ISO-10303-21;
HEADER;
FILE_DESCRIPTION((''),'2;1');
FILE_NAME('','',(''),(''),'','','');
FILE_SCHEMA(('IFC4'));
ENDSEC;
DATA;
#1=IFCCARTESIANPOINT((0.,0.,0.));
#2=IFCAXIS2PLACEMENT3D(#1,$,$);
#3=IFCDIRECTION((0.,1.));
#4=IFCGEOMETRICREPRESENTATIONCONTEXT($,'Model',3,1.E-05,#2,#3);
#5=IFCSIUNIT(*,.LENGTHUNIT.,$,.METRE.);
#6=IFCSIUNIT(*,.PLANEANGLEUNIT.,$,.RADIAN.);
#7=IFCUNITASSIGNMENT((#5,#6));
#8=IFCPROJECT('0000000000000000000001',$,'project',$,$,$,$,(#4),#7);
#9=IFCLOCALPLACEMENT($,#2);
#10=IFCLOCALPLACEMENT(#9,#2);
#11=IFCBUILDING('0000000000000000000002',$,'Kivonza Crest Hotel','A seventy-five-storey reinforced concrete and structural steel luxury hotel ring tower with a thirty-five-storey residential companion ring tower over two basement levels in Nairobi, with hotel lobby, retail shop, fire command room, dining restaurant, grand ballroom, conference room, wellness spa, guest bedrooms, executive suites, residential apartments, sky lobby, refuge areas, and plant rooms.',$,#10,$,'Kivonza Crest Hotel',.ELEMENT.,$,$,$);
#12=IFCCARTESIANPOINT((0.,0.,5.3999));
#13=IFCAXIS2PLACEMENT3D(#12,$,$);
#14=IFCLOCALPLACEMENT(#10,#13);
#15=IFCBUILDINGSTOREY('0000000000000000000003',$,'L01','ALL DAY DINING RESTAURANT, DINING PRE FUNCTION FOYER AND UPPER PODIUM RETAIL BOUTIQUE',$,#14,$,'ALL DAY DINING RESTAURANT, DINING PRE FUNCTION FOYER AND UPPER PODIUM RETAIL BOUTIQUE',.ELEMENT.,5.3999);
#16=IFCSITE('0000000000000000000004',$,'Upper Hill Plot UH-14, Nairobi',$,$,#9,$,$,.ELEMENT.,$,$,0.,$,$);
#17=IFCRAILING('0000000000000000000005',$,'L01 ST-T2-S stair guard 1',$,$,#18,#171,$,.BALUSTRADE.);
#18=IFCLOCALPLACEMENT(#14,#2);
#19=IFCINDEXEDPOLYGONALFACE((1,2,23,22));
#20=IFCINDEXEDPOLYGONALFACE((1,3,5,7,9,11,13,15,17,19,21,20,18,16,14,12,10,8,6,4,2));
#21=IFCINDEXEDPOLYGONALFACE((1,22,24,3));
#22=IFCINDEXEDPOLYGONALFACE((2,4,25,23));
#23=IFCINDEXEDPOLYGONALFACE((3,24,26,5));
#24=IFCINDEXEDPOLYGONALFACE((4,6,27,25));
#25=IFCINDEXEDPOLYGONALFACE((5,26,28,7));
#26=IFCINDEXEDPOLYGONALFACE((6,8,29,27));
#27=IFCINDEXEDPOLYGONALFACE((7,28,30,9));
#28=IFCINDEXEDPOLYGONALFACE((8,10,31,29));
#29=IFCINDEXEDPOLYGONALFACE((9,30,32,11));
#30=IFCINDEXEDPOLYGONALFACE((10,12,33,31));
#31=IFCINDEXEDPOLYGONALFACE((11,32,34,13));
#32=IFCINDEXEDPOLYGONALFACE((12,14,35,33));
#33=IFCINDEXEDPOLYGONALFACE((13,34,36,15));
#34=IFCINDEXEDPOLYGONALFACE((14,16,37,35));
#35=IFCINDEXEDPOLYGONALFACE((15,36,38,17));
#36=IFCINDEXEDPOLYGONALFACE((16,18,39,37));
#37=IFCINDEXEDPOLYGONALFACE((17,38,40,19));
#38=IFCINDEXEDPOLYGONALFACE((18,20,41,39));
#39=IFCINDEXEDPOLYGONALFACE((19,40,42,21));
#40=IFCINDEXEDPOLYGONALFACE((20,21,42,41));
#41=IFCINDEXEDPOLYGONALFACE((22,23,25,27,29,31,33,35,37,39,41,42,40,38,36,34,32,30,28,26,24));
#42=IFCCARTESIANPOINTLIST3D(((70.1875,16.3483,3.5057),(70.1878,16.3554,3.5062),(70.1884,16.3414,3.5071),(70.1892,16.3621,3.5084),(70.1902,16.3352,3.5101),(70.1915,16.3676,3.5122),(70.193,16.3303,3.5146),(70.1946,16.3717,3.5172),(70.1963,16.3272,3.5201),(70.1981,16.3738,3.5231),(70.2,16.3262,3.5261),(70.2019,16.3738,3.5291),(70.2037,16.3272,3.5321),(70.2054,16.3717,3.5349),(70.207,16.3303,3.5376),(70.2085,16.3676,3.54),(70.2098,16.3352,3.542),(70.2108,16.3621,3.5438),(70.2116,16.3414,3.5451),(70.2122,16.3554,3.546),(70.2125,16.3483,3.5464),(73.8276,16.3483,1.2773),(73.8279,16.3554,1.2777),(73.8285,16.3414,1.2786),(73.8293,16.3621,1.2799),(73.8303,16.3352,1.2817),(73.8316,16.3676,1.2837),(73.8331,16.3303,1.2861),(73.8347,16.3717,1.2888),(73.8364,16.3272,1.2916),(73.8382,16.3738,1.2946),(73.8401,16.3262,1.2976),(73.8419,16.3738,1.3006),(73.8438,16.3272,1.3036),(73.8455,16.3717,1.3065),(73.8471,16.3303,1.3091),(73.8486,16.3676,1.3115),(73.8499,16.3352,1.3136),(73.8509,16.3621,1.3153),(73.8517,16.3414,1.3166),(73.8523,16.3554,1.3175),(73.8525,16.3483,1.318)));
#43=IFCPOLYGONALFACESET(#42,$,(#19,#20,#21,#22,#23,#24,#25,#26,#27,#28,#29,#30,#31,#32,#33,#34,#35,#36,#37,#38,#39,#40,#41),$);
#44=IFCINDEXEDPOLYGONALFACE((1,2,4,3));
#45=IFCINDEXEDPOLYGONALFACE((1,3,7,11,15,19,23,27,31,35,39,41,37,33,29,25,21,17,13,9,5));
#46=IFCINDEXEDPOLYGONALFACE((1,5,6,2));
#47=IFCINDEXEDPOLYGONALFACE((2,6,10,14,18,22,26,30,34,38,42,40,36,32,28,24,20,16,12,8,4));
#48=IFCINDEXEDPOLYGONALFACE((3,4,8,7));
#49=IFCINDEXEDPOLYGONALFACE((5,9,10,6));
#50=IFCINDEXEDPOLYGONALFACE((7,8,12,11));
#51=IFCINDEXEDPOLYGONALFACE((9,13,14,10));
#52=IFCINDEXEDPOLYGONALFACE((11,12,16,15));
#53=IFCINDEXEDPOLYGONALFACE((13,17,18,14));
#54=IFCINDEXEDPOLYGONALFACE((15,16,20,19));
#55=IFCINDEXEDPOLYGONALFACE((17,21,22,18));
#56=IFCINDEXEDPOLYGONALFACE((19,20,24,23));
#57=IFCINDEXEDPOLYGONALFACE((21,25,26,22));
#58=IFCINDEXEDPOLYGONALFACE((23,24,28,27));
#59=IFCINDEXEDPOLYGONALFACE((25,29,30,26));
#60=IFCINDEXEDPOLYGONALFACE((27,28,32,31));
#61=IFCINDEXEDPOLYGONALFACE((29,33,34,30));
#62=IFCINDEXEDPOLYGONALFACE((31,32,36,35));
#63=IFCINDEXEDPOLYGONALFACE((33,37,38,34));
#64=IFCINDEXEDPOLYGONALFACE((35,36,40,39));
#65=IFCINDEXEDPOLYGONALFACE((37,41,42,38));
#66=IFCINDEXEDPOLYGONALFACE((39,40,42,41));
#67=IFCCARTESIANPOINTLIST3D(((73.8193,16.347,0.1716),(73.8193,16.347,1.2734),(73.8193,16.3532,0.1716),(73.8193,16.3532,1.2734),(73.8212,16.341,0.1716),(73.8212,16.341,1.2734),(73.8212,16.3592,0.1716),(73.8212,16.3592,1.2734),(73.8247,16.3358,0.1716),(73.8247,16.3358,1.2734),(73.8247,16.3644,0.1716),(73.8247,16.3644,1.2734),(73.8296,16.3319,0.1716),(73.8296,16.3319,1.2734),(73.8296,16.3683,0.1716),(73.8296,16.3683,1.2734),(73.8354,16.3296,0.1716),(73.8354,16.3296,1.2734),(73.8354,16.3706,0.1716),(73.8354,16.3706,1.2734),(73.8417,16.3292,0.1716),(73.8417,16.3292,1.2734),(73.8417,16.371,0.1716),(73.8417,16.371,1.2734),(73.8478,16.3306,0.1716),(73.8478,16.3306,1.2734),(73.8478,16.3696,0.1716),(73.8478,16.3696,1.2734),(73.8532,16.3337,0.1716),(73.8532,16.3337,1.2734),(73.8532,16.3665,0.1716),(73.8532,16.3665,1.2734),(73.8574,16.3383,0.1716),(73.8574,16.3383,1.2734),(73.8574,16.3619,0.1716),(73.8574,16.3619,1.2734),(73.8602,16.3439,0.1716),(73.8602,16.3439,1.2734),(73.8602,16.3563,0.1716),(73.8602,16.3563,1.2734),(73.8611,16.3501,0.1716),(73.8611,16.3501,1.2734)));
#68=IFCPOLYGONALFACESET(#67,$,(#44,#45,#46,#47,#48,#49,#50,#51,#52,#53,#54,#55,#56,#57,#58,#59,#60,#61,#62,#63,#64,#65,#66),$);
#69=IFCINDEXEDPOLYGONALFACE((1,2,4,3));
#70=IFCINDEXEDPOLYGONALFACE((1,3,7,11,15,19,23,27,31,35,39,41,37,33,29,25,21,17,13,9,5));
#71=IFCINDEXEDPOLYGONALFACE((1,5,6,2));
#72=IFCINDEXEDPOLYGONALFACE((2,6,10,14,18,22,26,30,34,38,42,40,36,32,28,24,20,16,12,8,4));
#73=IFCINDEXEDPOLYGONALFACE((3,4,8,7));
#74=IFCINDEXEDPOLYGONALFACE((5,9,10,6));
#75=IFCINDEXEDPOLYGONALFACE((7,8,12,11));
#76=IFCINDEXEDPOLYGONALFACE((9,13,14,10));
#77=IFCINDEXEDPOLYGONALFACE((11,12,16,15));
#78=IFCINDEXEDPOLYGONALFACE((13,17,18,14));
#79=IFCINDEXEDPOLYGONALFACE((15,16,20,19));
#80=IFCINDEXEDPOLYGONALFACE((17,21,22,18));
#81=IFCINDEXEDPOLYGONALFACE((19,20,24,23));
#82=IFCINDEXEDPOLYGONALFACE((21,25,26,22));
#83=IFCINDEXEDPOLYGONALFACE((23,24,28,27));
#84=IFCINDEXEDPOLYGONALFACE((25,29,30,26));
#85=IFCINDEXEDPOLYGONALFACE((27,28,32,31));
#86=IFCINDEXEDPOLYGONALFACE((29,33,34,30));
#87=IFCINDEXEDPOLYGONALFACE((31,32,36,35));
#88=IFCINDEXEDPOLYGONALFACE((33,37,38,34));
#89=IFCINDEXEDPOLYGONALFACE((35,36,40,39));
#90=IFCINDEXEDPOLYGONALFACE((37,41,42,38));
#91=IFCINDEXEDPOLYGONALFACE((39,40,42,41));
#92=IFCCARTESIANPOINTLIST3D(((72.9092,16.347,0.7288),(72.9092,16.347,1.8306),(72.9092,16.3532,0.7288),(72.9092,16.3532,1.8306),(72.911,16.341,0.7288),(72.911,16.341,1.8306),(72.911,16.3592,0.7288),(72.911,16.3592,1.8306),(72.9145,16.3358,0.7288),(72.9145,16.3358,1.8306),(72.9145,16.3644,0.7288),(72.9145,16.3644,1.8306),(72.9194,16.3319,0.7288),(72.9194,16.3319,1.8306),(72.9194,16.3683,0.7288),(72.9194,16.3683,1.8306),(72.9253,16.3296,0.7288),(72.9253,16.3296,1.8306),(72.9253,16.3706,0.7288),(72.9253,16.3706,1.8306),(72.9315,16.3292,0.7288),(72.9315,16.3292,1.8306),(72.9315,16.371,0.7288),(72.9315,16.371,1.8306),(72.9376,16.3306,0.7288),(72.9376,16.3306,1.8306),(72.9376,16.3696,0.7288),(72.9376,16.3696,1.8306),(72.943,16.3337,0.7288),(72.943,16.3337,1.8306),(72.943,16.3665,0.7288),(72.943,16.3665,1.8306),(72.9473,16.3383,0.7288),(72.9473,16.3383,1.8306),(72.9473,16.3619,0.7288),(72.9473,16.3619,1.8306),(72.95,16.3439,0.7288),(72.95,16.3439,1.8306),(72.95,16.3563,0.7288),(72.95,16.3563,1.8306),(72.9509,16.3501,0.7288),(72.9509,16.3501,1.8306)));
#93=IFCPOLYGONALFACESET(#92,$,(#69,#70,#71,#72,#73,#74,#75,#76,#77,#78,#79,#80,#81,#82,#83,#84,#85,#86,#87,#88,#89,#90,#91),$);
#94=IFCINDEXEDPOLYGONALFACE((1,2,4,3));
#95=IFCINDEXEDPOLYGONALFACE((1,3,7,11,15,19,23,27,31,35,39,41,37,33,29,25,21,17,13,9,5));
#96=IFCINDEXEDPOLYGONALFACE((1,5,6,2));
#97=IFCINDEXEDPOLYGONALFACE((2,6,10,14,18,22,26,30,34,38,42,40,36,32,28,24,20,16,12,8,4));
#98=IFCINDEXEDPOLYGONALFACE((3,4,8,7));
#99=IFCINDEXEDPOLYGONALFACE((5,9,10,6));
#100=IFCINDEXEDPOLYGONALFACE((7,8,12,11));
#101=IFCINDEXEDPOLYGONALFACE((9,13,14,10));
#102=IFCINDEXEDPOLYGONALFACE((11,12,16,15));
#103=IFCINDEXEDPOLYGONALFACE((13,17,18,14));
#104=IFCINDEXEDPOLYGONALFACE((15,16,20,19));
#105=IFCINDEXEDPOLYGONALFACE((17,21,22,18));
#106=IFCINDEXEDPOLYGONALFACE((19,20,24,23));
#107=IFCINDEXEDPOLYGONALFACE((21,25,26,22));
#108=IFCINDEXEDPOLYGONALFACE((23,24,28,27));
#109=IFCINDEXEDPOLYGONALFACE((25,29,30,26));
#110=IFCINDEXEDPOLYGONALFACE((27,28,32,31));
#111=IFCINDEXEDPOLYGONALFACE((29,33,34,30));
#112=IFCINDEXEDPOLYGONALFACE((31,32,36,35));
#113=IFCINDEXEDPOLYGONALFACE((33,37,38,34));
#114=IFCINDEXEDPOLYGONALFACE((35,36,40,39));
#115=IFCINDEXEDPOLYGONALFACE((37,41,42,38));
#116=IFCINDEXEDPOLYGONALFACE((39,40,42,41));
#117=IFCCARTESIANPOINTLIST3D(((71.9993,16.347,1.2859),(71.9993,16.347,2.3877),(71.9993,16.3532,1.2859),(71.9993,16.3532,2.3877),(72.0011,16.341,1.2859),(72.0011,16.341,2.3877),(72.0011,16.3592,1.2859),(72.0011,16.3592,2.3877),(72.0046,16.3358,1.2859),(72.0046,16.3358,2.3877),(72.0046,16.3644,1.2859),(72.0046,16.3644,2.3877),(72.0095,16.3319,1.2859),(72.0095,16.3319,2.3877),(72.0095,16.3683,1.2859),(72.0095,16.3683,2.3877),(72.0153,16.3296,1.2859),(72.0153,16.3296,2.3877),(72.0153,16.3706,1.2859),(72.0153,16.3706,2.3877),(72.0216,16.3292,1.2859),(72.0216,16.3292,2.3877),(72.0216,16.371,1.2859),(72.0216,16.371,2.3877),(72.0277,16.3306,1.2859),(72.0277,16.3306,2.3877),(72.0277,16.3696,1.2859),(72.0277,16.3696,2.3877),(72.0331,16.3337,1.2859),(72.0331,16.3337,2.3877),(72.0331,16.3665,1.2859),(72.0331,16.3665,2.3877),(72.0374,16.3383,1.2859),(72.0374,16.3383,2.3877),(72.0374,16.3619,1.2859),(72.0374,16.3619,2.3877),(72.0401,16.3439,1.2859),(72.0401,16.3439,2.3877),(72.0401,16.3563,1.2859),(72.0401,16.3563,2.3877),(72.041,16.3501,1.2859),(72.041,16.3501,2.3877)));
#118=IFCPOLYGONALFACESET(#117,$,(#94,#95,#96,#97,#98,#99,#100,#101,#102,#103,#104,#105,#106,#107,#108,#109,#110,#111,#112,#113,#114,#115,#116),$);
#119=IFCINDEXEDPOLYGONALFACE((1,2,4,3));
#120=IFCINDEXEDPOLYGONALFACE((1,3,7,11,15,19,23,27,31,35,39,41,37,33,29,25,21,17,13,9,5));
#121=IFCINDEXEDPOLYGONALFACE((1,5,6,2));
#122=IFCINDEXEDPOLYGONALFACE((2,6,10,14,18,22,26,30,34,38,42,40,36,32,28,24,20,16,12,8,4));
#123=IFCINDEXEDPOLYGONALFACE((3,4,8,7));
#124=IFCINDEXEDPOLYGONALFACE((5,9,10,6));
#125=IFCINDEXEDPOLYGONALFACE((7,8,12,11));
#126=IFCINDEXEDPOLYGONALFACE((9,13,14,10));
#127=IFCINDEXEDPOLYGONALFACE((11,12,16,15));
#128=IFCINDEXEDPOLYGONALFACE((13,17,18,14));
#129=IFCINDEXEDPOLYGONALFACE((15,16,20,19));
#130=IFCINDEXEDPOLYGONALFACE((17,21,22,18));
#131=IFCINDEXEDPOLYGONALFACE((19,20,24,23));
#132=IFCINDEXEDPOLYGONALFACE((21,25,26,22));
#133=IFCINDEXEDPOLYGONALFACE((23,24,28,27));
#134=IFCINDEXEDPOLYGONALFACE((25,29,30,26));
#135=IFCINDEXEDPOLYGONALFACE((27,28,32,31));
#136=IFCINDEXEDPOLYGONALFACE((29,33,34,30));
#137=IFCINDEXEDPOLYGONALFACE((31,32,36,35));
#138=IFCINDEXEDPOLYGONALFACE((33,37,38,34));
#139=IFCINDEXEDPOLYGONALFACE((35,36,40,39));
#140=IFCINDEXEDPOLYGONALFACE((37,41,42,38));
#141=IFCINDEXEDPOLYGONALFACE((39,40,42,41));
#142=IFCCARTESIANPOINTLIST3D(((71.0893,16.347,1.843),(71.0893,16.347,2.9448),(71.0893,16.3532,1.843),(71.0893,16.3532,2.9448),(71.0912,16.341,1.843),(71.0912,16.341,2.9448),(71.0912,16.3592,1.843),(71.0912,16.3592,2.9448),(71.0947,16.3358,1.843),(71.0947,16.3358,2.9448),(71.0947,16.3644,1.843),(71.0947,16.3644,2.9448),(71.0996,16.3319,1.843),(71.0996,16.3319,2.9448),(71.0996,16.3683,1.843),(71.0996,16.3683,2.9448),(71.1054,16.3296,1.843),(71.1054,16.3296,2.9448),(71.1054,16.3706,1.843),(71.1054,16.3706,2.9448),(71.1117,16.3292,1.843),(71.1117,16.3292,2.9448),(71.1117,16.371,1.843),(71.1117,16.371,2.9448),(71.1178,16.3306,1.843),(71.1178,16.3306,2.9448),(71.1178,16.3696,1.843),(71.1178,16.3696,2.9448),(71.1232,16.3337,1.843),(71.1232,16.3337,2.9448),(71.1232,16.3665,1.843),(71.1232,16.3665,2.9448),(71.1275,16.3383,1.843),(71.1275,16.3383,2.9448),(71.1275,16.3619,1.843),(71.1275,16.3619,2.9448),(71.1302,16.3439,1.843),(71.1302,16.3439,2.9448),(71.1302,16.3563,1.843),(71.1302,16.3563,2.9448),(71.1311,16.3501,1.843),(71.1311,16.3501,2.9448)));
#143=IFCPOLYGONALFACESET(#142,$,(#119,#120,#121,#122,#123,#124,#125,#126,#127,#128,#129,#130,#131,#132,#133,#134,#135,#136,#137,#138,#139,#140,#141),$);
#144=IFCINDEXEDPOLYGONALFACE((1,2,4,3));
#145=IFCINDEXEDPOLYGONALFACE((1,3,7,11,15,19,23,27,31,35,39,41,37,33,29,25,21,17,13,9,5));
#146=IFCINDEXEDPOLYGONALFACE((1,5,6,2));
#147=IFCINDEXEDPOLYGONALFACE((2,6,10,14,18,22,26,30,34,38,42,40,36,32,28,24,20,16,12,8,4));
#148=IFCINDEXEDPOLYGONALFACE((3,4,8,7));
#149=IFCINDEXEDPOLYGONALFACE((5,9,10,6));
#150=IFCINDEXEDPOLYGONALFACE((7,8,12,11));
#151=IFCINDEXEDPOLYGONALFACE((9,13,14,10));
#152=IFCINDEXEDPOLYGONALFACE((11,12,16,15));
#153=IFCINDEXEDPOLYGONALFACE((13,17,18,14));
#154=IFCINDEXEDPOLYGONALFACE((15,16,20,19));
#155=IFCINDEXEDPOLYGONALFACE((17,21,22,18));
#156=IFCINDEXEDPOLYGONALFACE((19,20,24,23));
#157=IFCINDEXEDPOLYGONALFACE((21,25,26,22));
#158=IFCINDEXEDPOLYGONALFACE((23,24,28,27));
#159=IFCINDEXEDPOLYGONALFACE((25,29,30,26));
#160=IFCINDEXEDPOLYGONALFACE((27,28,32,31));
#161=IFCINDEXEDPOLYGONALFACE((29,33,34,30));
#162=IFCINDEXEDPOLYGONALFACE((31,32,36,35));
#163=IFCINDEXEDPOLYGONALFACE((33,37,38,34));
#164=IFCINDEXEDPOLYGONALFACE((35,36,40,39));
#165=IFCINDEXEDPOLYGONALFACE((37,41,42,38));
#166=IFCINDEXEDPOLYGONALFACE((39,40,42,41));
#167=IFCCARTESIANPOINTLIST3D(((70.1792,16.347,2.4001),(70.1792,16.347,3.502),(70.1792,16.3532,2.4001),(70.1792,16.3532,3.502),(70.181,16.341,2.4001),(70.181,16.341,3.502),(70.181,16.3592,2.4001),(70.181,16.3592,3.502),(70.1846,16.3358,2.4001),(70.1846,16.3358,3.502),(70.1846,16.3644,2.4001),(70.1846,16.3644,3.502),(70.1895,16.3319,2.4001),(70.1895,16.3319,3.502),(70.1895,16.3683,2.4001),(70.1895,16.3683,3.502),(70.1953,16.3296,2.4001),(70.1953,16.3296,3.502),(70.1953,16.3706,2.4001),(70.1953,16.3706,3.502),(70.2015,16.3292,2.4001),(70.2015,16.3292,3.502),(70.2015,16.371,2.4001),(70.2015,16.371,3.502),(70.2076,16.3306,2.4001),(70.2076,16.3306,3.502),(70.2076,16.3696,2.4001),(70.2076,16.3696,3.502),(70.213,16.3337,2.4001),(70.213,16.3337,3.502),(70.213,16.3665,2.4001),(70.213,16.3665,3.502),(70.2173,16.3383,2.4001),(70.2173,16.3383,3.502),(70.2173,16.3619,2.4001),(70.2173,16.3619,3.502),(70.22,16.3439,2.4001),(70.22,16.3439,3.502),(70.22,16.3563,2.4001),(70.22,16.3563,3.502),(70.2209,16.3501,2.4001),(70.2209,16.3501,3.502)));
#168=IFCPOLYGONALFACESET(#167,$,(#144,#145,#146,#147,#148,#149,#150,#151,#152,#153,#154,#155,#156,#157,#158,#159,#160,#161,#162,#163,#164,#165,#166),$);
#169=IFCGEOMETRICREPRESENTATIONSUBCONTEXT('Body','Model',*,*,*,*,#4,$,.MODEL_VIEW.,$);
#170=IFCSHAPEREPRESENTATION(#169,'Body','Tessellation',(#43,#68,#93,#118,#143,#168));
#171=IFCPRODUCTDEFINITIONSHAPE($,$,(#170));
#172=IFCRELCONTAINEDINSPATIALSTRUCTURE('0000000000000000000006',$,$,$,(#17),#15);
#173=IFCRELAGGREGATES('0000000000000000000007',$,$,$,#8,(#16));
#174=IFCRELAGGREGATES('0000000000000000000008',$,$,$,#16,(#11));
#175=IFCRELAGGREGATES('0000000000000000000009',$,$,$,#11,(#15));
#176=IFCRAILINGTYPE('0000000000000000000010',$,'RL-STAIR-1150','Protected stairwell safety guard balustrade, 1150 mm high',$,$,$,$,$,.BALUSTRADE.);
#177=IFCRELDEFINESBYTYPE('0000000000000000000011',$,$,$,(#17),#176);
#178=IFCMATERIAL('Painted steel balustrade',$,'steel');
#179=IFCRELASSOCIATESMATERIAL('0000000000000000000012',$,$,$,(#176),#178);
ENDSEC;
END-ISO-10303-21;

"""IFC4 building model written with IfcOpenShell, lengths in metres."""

from ifc_helpers import new_model, si_unit, direction, frame, origin, origin_2d, place, context, subcontext, project, spatial, circle, extrude, material, type_object, element, save


model = new_model("IFC4")

# Units and contexts
model_context = context("Model", 3, precision=1e-05, world=origin(), true_north=direction((0.0, 1.0)))
body_context = subcontext(model_context, "Body", "Model", "MODEL_VIEW")
ifc_project = project(units=[si_unit("LENGTHUNIT", "METRE"), si_unit("PLANEANGLEUNIT", "RADIAN")], contexts=[model_context])

# Site, building, storey
site_placement = place(None, origin())
site = spatial("IfcSite", under=ifc_project, at=site_placement, Name="Upper Hill Plot UH-14, Nairobi", CompositionType="ELEMENT", RefElevation=0.0)
building_placement = place(site_placement, origin())
building = spatial("IfcBuilding", under=site, at=building_placement, Name="Kivonza Crest Hotel", Description="A seventy-five-storey reinforced concrete and structural steel luxury hotel ring tower with a thirty-five-storey residential companion ring tower over two basement levels in Nairobi, with hotel lobby, retail shop, fire command room, dining restaurant, grand ballroom, conference room, wellness spa, guest bedrooms, executive suites, residential apartments, sky lobby, refuge areas, and plant rooms.", LongName="Kivonza Crest Hotel", CompositionType="ELEMENT")
storey_placement = place(building_placement, frame((0.0, 0.0, 5.3999)))
storey = spatial("IfcBuildingStorey", under=building, at=storey_placement, Name="L01", Description="ALL DAY DINING RESTAURANT, DINING PRE FUNCTION FOYER AND UPPER PODIUM RETAIL BOUTIQUE", LongName="ALL DAY DINING RESTAURANT, DINING PRE FUNCTION FOYER AND UPPER PODIUM RETAIL BOUTIQUE", CompositionType="ELEMENT", Elevation=5.3999)

# Railing
ifc_material_1 = material(Name="Painted steel balustrade", Category="steel")
railing_type_1 = type_object("IfcRailingType", Name="RL-STAIR-1150", Description="Protected stairwell safety guard balustrade, 1150 mm high", PredefinedType="BALUSTRADE", material=ifc_material_1)
railing_1_placement = place(storey_placement, frame((73.8401, 16.3501, 0.1716)))
element("IfcRailing", 1, at=railing_1_placement, inside=storey, type_object=railing_type_1, Name="L01 ST-T2-S stair guard 1", PredefinedType="BALUSTRADE", context=body_context, shape_type="SweptSolid", body=[
    extrude(circle(Radius=0.0239, at=origin_2d()), frame((0.0, 0.0, 1.126), z_axis=(-0.852866, 0.0, 0.52213), x_axis=(0.0, -1.0, 0.0)), (0.0, 0.0, 1.0), 4.2681),
    extrude(circle(Radius=0.021, at=origin_2d()), origin(), (0.0, 0.0, 1.0), 1.1018),
    extrude(circle(Radius=0.021, at=origin_2d()), frame((-0.9102, 0.0, 0.5571)), (0.0, 0.0, 1.0), 1.1018),
    extrude(circle(Radius=0.021, at=origin_2d()), frame((-1.8201, 0.0, 1.1143)), (0.0, 0.0, 1.0), 1.1018),
    extrude(circle(Radius=0.021, at=origin_2d()), frame((-2.73, 0.0, 1.6714)), (0.0, 0.0, 1.0), 1.1018),
    extrude(circle(Radius=0.021, at=origin_2d()), frame((-3.6401, 0.0, 2.2285)), (0.0, 0.0, 1.0), 1.1018),
])

save(model, "model.ifc")
